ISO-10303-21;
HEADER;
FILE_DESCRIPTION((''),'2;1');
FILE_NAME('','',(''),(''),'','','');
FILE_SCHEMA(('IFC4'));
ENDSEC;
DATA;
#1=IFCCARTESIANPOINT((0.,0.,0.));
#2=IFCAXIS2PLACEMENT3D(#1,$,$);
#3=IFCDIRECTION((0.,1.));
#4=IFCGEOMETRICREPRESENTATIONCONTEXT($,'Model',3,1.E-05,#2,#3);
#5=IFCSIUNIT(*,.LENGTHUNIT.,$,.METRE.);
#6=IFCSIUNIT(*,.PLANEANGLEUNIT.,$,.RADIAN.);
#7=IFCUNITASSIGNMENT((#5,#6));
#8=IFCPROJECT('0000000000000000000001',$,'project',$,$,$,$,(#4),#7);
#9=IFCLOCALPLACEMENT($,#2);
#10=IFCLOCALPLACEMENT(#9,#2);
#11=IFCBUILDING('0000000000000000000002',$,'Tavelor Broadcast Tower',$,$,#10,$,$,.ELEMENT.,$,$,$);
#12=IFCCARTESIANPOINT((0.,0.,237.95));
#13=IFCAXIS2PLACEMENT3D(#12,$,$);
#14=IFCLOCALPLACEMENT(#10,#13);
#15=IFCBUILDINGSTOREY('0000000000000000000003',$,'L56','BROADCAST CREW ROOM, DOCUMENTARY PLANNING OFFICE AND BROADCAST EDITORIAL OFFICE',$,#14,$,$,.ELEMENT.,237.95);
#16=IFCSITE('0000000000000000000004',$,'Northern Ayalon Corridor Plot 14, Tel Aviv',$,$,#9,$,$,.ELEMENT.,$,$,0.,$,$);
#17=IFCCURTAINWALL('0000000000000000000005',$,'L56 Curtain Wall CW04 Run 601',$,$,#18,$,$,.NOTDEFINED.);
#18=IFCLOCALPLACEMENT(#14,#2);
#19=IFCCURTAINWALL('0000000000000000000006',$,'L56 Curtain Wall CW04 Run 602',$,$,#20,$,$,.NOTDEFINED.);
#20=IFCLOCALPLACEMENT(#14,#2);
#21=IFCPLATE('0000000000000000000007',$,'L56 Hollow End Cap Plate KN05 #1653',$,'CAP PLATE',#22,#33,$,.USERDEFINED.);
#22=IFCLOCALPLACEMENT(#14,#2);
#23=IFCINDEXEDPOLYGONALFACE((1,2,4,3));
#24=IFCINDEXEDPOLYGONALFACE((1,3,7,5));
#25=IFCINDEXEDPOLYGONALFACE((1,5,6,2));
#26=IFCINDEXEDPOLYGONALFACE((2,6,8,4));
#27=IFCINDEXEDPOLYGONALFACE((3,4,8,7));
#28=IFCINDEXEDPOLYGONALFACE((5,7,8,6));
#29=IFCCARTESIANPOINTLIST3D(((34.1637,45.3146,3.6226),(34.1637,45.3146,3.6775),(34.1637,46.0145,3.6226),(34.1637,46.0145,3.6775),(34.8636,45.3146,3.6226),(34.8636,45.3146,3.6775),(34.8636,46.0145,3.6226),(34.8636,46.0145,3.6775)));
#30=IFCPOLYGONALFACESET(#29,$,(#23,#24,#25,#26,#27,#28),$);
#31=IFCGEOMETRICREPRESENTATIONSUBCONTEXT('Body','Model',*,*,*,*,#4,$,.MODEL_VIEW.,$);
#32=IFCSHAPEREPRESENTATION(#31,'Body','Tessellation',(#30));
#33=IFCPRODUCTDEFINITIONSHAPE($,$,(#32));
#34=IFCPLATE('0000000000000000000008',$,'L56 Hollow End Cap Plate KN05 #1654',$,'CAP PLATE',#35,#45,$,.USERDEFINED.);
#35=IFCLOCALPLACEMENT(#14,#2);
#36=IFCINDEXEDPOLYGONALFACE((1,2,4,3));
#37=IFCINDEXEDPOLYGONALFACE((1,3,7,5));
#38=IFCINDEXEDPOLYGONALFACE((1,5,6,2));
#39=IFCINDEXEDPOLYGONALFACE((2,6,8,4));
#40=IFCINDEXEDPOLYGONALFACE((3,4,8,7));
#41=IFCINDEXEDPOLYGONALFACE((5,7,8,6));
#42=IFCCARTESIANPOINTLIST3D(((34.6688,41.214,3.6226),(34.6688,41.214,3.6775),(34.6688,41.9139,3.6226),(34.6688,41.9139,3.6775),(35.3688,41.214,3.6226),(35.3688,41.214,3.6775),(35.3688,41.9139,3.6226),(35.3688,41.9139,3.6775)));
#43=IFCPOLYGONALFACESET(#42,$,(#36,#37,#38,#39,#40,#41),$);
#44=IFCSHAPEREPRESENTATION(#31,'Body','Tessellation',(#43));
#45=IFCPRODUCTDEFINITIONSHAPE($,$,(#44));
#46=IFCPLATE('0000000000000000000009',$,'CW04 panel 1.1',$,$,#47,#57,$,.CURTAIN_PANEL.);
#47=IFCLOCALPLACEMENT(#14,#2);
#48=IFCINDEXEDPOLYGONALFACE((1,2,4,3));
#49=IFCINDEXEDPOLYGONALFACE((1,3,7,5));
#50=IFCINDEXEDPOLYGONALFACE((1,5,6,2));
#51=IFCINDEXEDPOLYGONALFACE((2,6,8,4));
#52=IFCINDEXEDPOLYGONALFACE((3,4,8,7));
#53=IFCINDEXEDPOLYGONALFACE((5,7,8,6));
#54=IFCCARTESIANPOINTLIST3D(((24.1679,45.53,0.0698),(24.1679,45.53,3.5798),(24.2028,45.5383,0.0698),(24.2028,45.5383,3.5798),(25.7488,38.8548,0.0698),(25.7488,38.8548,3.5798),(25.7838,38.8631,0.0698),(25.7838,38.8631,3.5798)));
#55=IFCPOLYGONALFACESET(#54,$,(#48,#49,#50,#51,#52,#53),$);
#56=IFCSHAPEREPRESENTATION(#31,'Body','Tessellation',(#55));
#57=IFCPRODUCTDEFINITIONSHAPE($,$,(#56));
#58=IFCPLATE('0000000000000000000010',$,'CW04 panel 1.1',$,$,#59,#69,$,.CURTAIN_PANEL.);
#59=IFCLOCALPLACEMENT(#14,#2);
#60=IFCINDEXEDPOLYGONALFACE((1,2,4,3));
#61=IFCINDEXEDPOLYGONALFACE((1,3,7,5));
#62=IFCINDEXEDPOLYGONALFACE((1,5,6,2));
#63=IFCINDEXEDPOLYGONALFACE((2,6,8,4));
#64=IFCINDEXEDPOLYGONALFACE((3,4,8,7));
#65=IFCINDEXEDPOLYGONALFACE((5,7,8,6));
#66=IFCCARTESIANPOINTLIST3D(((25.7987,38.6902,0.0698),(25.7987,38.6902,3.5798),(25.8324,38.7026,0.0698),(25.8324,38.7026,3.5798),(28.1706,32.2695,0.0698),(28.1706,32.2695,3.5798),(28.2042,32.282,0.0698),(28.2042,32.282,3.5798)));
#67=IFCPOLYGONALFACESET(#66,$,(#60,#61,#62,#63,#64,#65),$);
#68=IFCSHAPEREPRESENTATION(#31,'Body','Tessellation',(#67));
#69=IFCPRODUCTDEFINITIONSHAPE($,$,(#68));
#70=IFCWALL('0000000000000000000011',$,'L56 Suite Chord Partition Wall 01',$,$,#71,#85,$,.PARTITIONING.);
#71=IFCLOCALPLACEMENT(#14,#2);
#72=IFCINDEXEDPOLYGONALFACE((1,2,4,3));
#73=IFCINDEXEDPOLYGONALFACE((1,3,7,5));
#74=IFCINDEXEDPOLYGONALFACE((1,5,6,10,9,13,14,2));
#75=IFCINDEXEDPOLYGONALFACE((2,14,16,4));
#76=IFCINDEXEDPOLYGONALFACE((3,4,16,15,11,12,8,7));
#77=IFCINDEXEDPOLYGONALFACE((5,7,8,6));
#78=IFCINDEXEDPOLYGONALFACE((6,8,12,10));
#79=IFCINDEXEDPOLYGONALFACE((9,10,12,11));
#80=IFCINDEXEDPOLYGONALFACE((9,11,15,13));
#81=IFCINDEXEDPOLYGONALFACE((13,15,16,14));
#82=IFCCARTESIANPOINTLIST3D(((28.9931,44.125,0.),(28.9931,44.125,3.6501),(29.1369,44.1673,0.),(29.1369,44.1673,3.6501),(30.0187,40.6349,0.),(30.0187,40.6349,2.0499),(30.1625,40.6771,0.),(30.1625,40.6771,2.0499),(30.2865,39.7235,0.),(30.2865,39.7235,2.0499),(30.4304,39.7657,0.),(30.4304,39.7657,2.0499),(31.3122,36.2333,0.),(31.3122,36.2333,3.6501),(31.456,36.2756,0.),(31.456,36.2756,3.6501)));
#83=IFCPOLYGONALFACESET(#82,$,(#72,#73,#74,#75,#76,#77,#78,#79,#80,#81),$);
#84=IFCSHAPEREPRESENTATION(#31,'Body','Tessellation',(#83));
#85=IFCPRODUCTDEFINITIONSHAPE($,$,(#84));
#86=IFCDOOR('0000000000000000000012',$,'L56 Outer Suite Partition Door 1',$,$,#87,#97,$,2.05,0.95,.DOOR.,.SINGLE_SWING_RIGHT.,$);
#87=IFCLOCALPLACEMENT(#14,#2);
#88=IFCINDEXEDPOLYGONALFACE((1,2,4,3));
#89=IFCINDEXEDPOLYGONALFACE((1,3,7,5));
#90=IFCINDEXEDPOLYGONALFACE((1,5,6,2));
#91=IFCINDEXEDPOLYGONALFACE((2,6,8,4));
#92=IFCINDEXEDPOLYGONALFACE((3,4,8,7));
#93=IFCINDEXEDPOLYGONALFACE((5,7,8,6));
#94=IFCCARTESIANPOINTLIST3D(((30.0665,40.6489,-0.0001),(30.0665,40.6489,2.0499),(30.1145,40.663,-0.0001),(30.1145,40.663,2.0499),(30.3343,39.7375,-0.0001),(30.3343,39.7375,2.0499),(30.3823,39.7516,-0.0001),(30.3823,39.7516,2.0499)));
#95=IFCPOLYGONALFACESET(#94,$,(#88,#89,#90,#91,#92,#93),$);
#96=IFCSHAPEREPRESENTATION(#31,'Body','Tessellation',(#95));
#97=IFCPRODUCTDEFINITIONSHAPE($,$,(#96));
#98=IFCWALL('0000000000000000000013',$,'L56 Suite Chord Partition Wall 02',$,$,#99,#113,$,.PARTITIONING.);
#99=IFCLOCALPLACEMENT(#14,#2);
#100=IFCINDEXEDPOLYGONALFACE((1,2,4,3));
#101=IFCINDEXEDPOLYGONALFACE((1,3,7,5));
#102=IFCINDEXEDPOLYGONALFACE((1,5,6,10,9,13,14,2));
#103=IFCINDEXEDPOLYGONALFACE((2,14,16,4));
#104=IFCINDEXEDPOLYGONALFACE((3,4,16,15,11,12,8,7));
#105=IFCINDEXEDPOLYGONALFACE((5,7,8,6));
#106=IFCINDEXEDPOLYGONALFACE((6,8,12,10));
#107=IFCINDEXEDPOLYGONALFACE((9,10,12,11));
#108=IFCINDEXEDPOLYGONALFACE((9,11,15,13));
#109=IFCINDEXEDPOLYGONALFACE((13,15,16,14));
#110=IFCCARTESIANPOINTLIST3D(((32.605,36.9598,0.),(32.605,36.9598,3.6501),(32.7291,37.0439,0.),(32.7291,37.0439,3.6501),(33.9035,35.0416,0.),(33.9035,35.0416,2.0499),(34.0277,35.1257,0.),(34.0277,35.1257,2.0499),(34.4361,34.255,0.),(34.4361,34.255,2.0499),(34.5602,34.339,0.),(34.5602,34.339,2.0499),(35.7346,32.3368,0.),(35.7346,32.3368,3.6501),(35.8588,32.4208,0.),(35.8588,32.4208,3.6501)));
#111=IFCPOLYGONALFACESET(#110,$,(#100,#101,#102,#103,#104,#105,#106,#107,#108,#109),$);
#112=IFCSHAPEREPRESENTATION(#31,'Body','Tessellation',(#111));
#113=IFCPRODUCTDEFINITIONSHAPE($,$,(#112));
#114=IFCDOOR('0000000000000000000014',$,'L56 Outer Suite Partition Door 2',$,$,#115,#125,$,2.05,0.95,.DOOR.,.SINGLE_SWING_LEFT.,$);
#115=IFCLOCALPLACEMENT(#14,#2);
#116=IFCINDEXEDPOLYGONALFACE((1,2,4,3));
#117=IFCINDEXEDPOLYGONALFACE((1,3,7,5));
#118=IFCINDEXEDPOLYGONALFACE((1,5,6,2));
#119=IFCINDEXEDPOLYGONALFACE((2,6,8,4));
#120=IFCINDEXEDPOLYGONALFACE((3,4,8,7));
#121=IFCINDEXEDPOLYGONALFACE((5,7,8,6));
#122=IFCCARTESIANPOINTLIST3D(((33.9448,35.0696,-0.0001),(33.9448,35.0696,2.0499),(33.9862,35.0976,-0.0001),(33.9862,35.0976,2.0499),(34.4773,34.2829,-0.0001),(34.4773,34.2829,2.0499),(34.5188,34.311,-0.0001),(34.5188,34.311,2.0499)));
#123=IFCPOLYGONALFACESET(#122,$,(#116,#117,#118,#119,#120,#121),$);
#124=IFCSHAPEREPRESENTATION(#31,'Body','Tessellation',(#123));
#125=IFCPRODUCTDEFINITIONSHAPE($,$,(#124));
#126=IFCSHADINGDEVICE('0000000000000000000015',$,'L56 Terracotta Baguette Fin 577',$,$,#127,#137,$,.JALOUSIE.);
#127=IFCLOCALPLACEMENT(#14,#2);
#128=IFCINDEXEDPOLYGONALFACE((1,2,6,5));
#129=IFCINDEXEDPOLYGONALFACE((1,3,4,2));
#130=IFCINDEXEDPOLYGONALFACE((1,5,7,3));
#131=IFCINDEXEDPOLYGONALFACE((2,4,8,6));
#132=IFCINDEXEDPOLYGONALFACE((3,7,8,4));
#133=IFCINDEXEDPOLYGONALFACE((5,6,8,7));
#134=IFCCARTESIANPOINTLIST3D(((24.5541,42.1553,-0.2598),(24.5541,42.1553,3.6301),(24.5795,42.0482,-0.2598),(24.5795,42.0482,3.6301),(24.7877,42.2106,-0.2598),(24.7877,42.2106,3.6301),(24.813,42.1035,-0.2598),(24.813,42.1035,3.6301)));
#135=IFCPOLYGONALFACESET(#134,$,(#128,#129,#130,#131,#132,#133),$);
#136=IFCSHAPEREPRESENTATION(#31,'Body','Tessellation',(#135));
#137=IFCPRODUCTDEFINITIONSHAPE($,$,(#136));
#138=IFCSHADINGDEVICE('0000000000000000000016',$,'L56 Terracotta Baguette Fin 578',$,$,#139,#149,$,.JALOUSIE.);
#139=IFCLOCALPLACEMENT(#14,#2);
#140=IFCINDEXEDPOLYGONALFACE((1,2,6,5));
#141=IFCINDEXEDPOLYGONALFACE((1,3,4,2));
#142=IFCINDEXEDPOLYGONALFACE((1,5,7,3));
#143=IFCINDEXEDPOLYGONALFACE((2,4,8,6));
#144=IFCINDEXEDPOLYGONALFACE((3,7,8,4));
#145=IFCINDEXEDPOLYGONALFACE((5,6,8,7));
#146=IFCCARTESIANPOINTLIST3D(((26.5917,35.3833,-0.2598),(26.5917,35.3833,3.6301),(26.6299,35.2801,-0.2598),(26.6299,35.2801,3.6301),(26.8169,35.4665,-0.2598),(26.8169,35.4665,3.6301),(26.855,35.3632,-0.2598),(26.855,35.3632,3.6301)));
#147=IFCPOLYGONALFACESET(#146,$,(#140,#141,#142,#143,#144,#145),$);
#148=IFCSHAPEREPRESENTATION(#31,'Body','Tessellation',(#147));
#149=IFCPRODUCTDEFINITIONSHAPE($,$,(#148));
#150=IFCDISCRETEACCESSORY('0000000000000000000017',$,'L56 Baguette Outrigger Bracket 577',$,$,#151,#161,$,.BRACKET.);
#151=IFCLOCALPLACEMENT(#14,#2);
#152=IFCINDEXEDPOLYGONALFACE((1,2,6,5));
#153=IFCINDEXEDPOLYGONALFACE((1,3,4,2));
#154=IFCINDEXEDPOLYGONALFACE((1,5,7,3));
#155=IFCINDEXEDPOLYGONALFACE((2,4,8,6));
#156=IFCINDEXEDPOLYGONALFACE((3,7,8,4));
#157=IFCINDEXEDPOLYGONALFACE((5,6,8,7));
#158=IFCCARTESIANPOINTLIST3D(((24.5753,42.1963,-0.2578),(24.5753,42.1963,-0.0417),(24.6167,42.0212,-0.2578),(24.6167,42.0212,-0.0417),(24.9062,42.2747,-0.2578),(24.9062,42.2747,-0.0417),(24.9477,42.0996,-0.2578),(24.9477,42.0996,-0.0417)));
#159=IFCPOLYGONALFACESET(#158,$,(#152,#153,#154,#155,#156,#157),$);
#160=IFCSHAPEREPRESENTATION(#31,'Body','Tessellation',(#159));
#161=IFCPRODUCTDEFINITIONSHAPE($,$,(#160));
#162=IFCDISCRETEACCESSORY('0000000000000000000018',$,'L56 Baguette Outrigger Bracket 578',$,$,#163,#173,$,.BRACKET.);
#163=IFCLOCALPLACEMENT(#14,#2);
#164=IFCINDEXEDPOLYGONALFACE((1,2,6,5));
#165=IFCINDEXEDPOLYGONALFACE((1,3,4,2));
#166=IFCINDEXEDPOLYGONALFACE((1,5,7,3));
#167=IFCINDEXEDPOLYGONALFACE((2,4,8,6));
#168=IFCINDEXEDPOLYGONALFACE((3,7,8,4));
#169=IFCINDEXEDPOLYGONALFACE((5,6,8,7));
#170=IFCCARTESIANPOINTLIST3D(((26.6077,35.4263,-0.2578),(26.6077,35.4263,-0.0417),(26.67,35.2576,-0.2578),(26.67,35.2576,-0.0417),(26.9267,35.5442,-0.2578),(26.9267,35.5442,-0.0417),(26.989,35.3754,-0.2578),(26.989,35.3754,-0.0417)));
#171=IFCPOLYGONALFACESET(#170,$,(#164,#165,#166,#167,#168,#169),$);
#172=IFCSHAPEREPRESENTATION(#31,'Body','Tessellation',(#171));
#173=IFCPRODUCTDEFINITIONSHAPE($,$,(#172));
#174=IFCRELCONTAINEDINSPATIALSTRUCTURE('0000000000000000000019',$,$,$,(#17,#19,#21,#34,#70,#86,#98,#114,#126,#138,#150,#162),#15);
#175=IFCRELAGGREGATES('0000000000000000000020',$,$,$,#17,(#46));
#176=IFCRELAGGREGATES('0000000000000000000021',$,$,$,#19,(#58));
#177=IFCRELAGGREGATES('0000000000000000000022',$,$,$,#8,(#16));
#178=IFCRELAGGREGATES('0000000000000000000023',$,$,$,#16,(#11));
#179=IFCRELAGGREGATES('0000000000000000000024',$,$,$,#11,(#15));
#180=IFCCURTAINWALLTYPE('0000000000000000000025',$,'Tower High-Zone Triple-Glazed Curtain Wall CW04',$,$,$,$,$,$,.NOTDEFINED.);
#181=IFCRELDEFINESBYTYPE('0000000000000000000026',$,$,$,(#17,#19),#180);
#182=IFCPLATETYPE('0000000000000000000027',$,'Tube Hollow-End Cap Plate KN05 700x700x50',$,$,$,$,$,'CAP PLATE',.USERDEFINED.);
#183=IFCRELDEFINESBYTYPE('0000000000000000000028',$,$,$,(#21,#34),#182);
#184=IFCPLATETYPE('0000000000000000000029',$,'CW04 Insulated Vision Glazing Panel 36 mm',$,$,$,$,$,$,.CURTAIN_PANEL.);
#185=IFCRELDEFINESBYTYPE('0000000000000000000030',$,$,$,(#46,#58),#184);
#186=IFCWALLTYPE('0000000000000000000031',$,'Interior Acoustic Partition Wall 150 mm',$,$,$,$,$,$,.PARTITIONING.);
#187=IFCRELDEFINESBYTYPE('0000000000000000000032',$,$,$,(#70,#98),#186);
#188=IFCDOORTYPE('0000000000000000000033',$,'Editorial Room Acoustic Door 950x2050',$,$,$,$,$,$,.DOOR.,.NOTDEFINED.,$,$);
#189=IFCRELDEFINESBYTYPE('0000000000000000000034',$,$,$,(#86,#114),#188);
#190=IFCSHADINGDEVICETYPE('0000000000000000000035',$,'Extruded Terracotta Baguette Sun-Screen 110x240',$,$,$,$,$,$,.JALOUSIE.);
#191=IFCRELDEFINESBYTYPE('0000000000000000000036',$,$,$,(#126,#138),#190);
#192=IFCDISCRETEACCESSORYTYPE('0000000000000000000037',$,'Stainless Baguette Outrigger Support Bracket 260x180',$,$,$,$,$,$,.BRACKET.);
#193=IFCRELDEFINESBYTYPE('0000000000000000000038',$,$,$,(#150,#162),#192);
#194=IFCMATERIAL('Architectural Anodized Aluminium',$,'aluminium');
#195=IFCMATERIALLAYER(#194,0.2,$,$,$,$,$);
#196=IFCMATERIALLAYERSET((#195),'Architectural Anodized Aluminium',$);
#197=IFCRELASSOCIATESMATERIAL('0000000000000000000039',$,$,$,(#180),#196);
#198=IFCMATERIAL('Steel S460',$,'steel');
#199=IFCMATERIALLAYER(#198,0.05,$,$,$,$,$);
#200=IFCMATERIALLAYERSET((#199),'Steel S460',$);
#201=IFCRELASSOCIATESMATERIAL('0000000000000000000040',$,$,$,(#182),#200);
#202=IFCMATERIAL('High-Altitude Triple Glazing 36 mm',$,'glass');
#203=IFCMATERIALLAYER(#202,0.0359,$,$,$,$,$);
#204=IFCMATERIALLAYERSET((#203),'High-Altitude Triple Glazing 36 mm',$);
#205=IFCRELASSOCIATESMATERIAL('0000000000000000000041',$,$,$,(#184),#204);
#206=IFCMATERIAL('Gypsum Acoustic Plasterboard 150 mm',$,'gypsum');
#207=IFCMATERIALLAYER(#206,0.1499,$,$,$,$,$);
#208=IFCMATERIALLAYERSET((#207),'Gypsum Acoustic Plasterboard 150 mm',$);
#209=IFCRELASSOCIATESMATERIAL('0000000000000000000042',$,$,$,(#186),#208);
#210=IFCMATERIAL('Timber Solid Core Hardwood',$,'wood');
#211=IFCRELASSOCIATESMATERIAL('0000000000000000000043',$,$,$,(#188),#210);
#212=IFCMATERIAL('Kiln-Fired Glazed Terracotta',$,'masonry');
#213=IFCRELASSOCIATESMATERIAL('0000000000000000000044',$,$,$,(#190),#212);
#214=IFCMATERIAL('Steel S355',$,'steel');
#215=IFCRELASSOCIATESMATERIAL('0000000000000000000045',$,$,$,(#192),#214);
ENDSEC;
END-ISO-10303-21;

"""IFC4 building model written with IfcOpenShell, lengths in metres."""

from ifc_helpers import new_model, si_unit, direction, frame, frame_2d, origin, origin_2d, place, context, subcontext, project, spatial, rectangle, extrude, source, transform, mapped, material, layer, layer_set, type_object, type_shapes, element, fill, aggregate, save


model = new_model("IFC4")

# Units and contexts
model_context = context("Model", 3, precision=1e-05, world=origin(), true_north=direction((0.0, 1.0)))
body_context = subcontext(model_context, "Body", "Model", "MODEL_VIEW")
ifc_project = project(units=[si_unit("LENGTHUNIT", "METRE"), si_unit("PLANEANGLEUNIT", "RADIAN")], contexts=[model_context])

# Site, building, storey
site_placement = place(None, origin())
site = spatial("IfcSite", under=ifc_project, at=site_placement, Name="Northern Ayalon Corridor Plot 14, Tel Aviv", CompositionType="ELEMENT", RefElevation=0.0)
building_placement = place(site_placement, origin())
building = spatial("IfcBuilding", under=site, at=building_placement, Name="Tavelor Broadcast Tower", CompositionType="ELEMENT")
storey_placement = place(building_placement, frame((0.0, 0.0, 237.95)))
storey = spatial("IfcBuildingStorey", under=building, at=storey_placement, Name="L56", Description="BROADCAST CREW ROOM, DOCUMENTARY PLANNING OFFICE AND BROADCAST EDITORIAL OFFICE", CompositionType="ELEMENT", Elevation=237.95)

# Shared definitions
ifc_material_1 = material(Name="Steel S460", Category="steel")

# Shared definitions
ifc_material_2 = material(Name="Steel S355", Category="steel")

# Curtain wall
ifc_material_3 = material(Name="Architectural Anodized Aluminium", Category="aluminium")
ifc_layer_1 = layer(ifc_material_3, 0.2)
ifc_layer_set_1 = layer_set([ifc_layer_1], Name="Architectural Anodized Aluminium")
curtain_wall_type = type_object("IfcCurtainWallType", Name="Tower High-Zone Triple-Glazed Curtain Wall CW04", PredefinedType="NOTDEFINED", material=ifc_layer_set_1)
curtain_wall_1_placement = place(storey_placement, origin())
curtain_wall_1 = element("IfcCurtainWall", 1, at=curtain_wall_1_placement, inside=storey, type_object=curtain_wall_type, Name="L56 Curtain Wall CW04 Run 601", PredefinedType="NOTDEFINED")

# Curtain wall
curtain_wall_2_placement = place(storey_placement, origin())
curtain_wall_2 = element("IfcCurtainWall", 2, at=curtain_wall_2_placement, inside=storey, type_object=curtain_wall_type, Name="L56 Curtain Wall CW04 Run 602", PredefinedType="NOTDEFINED")

# Plates
ifc_layer_2 = layer(ifc_material_1, 0.05)
ifc_layer_set_2 = layer_set([ifc_layer_2], Name="Steel S460")
plate_type_1 = type_object("IfcPlateType", Name="Tube Hollow-End Cap Plate KN05 700x700x50", ElementType="CAP PLATE", PredefinedType="USERDEFINED", material=ifc_layer_set_2)
shared_shape_1 = source(origin(), body_context, "Body", "SweptSolid", [
    extrude(rectangle(XDim=0.7, YDim=0.7, at=origin_2d()), origin(), (0.0, 0.0, 1.0), 0.0549),
])
type_shapes(plate_type_1, [shared_shape_1])
for number, where, z_axis, x_axis, name in (
    (3, (34.5137, 45.6646, 3.6226), (0.0, 0.0, 1.0), (1.0, 0.0, 0.0), "L56 Hollow End Cap Plate KN05 #1653"),
    (4, (35.0188, 41.564, 3.6226), (0.0, 0.0, 1.0), (1.0, 0.0, 0.0), "L56 Hollow End Cap Plate KN05 #1654"),
):
    element("IfcPlate", number, at=place(storey_placement, frame(where, z_axis=z_axis, x_axis=x_axis)), inside=storey, type_object=plate_type_1, Name=name, ObjectType="CAP PLATE", PredefinedType="USERDEFINED", context=body_context, shape_type="MappedRepresentation", body=[
        mapped(shared_shape_1, transform((0.0, 0.0, 0.0), scale=1.0)),
    ])

# Plates
ifc_material_4 = material(Name="High-Altitude Triple Glazing 36 mm", Category="glass")
ifc_layer_3 = layer(ifc_material_4, 0.0359)
ifc_layer_set_3 = layer_set([ifc_layer_3], Name="High-Altitude Triple Glazing 36 mm")
plate_type_2 = type_object("IfcPlateType", Name="CW04 Insulated Vision Glazing Panel 36 mm", PredefinedType="CURTAIN_PANEL", material=ifc_layer_set_3)
shared_shape_2 = source(origin(), body_context, "Body", "SweptSolid", [
    extrude(rectangle(XDim=6.8599, YDim=0.0359, at=origin_2d()), origin(), (0.0, 0.0, 1.0), 3.51),
])
plate_1_placement = place(storey_placement, frame((24.9758, 42.1965, 0.0698), z_axis=(0.0, 0.0, 1.0), x_axis=(0.230463, -0.973081, 0.0)))
plate_1 = element("IfcPlate", 5, at=plate_1_placement, type_object=plate_type_2, Name="CW04 panel 1.1", PredefinedType="CURTAIN_PANEL", context=body_context, shape_type="MappedRepresentation", body=[
    mapped(shared_shape_2, transform((0.0, 0.0, 0.0), scale=1.0)),
])
aggregate(curtain_wall_1, [plate_1])
shared_shape_3 = source(origin(), body_context, "Body", "SweptSolid", [
    extrude(rectangle(XDim=6.8447, YDim=0.0359, at=origin_2d()), origin(), (0.0, 0.0, 1.0), 3.51),
])
type_shapes(plate_type_2, [shared_shape_2, shared_shape_3])
plate_2_placement = place(storey_placement, frame((27.0015, 35.4861, 0.0698), z_axis=(0.0, 0.0, 1.0), x_axis=(0.346525, -0.938041, 0.0)))
plate_2 = element("IfcPlate", 6, at=plate_2_placement, type_object=plate_type_2, Name="CW04 panel 1.1", PredefinedType="CURTAIN_PANEL", context=body_context, shape_type="MappedRepresentation", body=[
    mapped(shared_shape_3, transform((0.0, 0.0, 0.0), scale=1.0)),
])
aggregate(curtain_wall_2, [plate_2])

# Walls, openings, doors
ifc_material_5 = material(Name="Gypsum Acoustic Plasterboard 150 mm", Category="gypsum")
ifc_layer_4 = layer(ifc_material_5, 0.1499)
ifc_layer_set_4 = layer_set([ifc_layer_4], Name="Gypsum Acoustic Plasterboard 150 mm")
wall_type = type_object("IfcWallType", Name="Interior Acoustic Partition Wall 150 mm", PredefinedType="PARTITIONING", material=ifc_layer_set_4)
wall_1_placement = place(storey_placement, frame((29.0649, 44.1462, 0.0), z_axis=(0.0, 0.0, 1.0), x_axis=(0.281946, -0.95943, 0.0)))
wall_1 = element("IfcWall", 7, at=wall_1_placement, inside=storey, type_object=wall_type, Name="L56 Suite Chord Partition Wall 01", PredefinedType="PARTITIONING", context=body_context, shape_type="SweptSolid", body=[
    extrude(rectangle(XDim=8.2253, YDim=0.1499, at=frame_2d((4.1128, 0.0))), origin(), (0.0, 0.0, 1.0), 3.6501),
])
opening_1_placement = place(wall_1_placement, frame((3.6377, 0.0, 0.0)))
opening_1 = element("IfcOpeningElement", 8, at=opening_1_placement, cuts=wall_1, PredefinedType="OPENING", context=body_context, shape_type="SweptSolid", body=[
    extrude(rectangle(XDim=0.95, YDim=2.05, at=frame_2d((0.4751, 1.0249))), frame((0.0, 0.085, 0.0), z_axis=(0.0, -1.0, 0.0), x_axis=(1.0, 0.0, 0.0)), (0.0, 0.0, 1.0), 0.1699),
])
ifc_material_6 = material(Name="Timber Solid Core Hardwood", Category="wood")
door_type = type_object("IfcDoorType", Name="Editorial Room Acoustic Door 950x2050", OperationType="NOTDEFINED", PredefinedType="DOOR", material=ifc_material_6)
door_1_placement = place(opening_1_placement, origin())
door_1 = element("IfcDoor", 9, at=door_1_placement, inside=storey, type_object=door_type, Name="L56 Outer Suite Partition Door 1", OperationType="SINGLE_SWING_RIGHT", OverallHeight=2.05, OverallWidth=0.95, PredefinedType="DOOR", context=body_context, shape_type="SweptSolid", body=[
    extrude(rectangle(XDim=0.95, YDim=2.05, at=frame_2d((0.4751, 1.0249))), frame((0.0, 0.0249, 0.0), z_axis=(0.0, -1.0, 0.0), x_axis=(1.0, 0.0, 0.0)), (0.0, 0.0, 1.0), 0.05),
])
fill(opening_1, door_1)
wall_2_placement = place(storey_placement, frame((32.667, 37.002, 0.0), z_axis=(0.0, 0.0, 1.0), x_axis=(0.56059, -0.828094, 0.0)))
wall_2 = element("IfcWall", 10, at=wall_2_placement, inside=storey, type_object=wall_type, Name="L56 Suite Chord Partition Wall 02", PredefinedType="PARTITIONING", context=body_context, shape_type="SweptSolid", body=[
    extrude(rectangle(XDim=5.5828, YDim=0.1499, at=frame_2d((2.7915, 0.0))), origin(), (0.0, 0.0, 1.0), 3.6501),
])
opening_2_placement = place(wall_2_placement, frame((2.3164, 0.0, 0.0)))
opening_2 = element("IfcOpeningElement", 11, at=opening_2_placement, cuts=wall_2, PredefinedType="OPENING", context=body_context, shape_type="SweptSolid", body=[
    extrude(rectangle(XDim=0.95, YDim=2.05, at=frame_2d((0.4751, 1.0249))), frame((0.0, 0.085, 0.0), z_axis=(0.0, -1.0, 0.0), x_axis=(1.0, 0.0, 0.0)), (0.0, 0.0, 1.0), 0.1699),
])
door_2_placement = place(opening_2_placement, origin())
door_2 = element("IfcDoor", 12, at=door_2_placement, inside=storey, type_object=door_type, Name="L56 Outer Suite Partition Door 2", OperationType="SINGLE_SWING_LEFT", OverallHeight=2.05, OverallWidth=0.95, PredefinedType="DOOR", context=body_context, shape_type="SweptSolid", body=[
    extrude(rectangle(XDim=0.95, YDim=2.05, at=frame_2d((0.4751, 1.0249))), frame((0.0, 0.0249, 0.0), z_axis=(0.0, -1.0, 0.0), x_axis=(1.0, 0.0, 0.0)), (0.0, 0.0, 1.0), 0.05),
])
fill(opening_2, door_2)

# Shading devices
ifc_material_7 = material(Name="Kiln-Fired Glazed Terracotta", Category="masonry")
shading_device_type = type_object("IfcShadingDeviceType", Name="Extruded Terracotta Baguette Sun-Screen 110x240", PredefinedType="JALOUSIE", material=ifc_material_7)
shared_shape_4 = source(origin(), body_context, "Body", "SweptSolid", [
    extrude(rectangle(XDim=0.1101, YDim=0.24, at=origin_2d()), origin(), (0.0, 0.0, 1.0), 3.8899),
])
type_shapes(shading_device_type, [shared_shape_4])
for number, where, z_axis, x_axis, name in (
    (13, (24.6836, 42.1294, -0.2598), (0.0, 0.0, 1.0), (0.230389, -0.973099, 0.0), "L56 Terracotta Baguette Fin 577"),
    (14, (26.7234, 35.3733, -0.2598), (0.0, 0.0, 1.0), (0.346608, -0.93801, 0.0), "L56 Terracotta Baguette Fin 578"),
):
    element("IfcShadingDevice", number, at=place(storey_placement, frame(where, z_axis=z_axis, x_axis=x_axis)), inside=storey, type_object=shading_device_type, Name=name, PredefinedType="JALOUSIE", context=body_context, shape_type="MappedRepresentation", body=[
        mapped(shared_shape_4, transform((0.0, 0.0, 0.0), scale=1.0)),
    ])

# Discrete accessories
discrete_accessory_type = type_object("IfcDiscreteAccessoryType", Name="Stainless Baguette Outrigger Support Bracket 260x180", PredefinedType="BRACKET", material=ifc_material_2)
shared_shape_5 = source(origin(), body_context, "Body", "SweptSolid", [
    extrude(rectangle(XDim=0.1799, YDim=0.3401, at=origin_2d()), origin(), (0.0, 0.0, 1.0), 0.2161),
])
type_shapes(discrete_accessory_type, [shared_shape_5])
for number, where, z_axis, x_axis, name in (
    (15, (24.7615, 42.1479, -0.2578), (0.0, 0.0, 1.0), (0.230389, -0.973099, 0.0), "L56 Baguette Outrigger Bracket 577"),
    (16, (26.7983, 35.4009, -0.2578), (0.0, 0.0, 1.0), (0.346608, -0.93801, 0.0), "L56 Baguette Outrigger Bracket 578"),
):
    element("IfcDiscreteAccessory", number, at=place(storey_placement, frame(where, z_axis=z_axis, x_axis=x_axis)), inside=storey, type_object=discrete_accessory_type, Name=name, PredefinedType="BRACKET", context=body_context, shape_type="MappedRepresentation", body=[
        mapped(shared_shape_5, transform((0.0, 0.0, 0.0), scale=1.0)),
    ])

save(model, "model.ifc")
